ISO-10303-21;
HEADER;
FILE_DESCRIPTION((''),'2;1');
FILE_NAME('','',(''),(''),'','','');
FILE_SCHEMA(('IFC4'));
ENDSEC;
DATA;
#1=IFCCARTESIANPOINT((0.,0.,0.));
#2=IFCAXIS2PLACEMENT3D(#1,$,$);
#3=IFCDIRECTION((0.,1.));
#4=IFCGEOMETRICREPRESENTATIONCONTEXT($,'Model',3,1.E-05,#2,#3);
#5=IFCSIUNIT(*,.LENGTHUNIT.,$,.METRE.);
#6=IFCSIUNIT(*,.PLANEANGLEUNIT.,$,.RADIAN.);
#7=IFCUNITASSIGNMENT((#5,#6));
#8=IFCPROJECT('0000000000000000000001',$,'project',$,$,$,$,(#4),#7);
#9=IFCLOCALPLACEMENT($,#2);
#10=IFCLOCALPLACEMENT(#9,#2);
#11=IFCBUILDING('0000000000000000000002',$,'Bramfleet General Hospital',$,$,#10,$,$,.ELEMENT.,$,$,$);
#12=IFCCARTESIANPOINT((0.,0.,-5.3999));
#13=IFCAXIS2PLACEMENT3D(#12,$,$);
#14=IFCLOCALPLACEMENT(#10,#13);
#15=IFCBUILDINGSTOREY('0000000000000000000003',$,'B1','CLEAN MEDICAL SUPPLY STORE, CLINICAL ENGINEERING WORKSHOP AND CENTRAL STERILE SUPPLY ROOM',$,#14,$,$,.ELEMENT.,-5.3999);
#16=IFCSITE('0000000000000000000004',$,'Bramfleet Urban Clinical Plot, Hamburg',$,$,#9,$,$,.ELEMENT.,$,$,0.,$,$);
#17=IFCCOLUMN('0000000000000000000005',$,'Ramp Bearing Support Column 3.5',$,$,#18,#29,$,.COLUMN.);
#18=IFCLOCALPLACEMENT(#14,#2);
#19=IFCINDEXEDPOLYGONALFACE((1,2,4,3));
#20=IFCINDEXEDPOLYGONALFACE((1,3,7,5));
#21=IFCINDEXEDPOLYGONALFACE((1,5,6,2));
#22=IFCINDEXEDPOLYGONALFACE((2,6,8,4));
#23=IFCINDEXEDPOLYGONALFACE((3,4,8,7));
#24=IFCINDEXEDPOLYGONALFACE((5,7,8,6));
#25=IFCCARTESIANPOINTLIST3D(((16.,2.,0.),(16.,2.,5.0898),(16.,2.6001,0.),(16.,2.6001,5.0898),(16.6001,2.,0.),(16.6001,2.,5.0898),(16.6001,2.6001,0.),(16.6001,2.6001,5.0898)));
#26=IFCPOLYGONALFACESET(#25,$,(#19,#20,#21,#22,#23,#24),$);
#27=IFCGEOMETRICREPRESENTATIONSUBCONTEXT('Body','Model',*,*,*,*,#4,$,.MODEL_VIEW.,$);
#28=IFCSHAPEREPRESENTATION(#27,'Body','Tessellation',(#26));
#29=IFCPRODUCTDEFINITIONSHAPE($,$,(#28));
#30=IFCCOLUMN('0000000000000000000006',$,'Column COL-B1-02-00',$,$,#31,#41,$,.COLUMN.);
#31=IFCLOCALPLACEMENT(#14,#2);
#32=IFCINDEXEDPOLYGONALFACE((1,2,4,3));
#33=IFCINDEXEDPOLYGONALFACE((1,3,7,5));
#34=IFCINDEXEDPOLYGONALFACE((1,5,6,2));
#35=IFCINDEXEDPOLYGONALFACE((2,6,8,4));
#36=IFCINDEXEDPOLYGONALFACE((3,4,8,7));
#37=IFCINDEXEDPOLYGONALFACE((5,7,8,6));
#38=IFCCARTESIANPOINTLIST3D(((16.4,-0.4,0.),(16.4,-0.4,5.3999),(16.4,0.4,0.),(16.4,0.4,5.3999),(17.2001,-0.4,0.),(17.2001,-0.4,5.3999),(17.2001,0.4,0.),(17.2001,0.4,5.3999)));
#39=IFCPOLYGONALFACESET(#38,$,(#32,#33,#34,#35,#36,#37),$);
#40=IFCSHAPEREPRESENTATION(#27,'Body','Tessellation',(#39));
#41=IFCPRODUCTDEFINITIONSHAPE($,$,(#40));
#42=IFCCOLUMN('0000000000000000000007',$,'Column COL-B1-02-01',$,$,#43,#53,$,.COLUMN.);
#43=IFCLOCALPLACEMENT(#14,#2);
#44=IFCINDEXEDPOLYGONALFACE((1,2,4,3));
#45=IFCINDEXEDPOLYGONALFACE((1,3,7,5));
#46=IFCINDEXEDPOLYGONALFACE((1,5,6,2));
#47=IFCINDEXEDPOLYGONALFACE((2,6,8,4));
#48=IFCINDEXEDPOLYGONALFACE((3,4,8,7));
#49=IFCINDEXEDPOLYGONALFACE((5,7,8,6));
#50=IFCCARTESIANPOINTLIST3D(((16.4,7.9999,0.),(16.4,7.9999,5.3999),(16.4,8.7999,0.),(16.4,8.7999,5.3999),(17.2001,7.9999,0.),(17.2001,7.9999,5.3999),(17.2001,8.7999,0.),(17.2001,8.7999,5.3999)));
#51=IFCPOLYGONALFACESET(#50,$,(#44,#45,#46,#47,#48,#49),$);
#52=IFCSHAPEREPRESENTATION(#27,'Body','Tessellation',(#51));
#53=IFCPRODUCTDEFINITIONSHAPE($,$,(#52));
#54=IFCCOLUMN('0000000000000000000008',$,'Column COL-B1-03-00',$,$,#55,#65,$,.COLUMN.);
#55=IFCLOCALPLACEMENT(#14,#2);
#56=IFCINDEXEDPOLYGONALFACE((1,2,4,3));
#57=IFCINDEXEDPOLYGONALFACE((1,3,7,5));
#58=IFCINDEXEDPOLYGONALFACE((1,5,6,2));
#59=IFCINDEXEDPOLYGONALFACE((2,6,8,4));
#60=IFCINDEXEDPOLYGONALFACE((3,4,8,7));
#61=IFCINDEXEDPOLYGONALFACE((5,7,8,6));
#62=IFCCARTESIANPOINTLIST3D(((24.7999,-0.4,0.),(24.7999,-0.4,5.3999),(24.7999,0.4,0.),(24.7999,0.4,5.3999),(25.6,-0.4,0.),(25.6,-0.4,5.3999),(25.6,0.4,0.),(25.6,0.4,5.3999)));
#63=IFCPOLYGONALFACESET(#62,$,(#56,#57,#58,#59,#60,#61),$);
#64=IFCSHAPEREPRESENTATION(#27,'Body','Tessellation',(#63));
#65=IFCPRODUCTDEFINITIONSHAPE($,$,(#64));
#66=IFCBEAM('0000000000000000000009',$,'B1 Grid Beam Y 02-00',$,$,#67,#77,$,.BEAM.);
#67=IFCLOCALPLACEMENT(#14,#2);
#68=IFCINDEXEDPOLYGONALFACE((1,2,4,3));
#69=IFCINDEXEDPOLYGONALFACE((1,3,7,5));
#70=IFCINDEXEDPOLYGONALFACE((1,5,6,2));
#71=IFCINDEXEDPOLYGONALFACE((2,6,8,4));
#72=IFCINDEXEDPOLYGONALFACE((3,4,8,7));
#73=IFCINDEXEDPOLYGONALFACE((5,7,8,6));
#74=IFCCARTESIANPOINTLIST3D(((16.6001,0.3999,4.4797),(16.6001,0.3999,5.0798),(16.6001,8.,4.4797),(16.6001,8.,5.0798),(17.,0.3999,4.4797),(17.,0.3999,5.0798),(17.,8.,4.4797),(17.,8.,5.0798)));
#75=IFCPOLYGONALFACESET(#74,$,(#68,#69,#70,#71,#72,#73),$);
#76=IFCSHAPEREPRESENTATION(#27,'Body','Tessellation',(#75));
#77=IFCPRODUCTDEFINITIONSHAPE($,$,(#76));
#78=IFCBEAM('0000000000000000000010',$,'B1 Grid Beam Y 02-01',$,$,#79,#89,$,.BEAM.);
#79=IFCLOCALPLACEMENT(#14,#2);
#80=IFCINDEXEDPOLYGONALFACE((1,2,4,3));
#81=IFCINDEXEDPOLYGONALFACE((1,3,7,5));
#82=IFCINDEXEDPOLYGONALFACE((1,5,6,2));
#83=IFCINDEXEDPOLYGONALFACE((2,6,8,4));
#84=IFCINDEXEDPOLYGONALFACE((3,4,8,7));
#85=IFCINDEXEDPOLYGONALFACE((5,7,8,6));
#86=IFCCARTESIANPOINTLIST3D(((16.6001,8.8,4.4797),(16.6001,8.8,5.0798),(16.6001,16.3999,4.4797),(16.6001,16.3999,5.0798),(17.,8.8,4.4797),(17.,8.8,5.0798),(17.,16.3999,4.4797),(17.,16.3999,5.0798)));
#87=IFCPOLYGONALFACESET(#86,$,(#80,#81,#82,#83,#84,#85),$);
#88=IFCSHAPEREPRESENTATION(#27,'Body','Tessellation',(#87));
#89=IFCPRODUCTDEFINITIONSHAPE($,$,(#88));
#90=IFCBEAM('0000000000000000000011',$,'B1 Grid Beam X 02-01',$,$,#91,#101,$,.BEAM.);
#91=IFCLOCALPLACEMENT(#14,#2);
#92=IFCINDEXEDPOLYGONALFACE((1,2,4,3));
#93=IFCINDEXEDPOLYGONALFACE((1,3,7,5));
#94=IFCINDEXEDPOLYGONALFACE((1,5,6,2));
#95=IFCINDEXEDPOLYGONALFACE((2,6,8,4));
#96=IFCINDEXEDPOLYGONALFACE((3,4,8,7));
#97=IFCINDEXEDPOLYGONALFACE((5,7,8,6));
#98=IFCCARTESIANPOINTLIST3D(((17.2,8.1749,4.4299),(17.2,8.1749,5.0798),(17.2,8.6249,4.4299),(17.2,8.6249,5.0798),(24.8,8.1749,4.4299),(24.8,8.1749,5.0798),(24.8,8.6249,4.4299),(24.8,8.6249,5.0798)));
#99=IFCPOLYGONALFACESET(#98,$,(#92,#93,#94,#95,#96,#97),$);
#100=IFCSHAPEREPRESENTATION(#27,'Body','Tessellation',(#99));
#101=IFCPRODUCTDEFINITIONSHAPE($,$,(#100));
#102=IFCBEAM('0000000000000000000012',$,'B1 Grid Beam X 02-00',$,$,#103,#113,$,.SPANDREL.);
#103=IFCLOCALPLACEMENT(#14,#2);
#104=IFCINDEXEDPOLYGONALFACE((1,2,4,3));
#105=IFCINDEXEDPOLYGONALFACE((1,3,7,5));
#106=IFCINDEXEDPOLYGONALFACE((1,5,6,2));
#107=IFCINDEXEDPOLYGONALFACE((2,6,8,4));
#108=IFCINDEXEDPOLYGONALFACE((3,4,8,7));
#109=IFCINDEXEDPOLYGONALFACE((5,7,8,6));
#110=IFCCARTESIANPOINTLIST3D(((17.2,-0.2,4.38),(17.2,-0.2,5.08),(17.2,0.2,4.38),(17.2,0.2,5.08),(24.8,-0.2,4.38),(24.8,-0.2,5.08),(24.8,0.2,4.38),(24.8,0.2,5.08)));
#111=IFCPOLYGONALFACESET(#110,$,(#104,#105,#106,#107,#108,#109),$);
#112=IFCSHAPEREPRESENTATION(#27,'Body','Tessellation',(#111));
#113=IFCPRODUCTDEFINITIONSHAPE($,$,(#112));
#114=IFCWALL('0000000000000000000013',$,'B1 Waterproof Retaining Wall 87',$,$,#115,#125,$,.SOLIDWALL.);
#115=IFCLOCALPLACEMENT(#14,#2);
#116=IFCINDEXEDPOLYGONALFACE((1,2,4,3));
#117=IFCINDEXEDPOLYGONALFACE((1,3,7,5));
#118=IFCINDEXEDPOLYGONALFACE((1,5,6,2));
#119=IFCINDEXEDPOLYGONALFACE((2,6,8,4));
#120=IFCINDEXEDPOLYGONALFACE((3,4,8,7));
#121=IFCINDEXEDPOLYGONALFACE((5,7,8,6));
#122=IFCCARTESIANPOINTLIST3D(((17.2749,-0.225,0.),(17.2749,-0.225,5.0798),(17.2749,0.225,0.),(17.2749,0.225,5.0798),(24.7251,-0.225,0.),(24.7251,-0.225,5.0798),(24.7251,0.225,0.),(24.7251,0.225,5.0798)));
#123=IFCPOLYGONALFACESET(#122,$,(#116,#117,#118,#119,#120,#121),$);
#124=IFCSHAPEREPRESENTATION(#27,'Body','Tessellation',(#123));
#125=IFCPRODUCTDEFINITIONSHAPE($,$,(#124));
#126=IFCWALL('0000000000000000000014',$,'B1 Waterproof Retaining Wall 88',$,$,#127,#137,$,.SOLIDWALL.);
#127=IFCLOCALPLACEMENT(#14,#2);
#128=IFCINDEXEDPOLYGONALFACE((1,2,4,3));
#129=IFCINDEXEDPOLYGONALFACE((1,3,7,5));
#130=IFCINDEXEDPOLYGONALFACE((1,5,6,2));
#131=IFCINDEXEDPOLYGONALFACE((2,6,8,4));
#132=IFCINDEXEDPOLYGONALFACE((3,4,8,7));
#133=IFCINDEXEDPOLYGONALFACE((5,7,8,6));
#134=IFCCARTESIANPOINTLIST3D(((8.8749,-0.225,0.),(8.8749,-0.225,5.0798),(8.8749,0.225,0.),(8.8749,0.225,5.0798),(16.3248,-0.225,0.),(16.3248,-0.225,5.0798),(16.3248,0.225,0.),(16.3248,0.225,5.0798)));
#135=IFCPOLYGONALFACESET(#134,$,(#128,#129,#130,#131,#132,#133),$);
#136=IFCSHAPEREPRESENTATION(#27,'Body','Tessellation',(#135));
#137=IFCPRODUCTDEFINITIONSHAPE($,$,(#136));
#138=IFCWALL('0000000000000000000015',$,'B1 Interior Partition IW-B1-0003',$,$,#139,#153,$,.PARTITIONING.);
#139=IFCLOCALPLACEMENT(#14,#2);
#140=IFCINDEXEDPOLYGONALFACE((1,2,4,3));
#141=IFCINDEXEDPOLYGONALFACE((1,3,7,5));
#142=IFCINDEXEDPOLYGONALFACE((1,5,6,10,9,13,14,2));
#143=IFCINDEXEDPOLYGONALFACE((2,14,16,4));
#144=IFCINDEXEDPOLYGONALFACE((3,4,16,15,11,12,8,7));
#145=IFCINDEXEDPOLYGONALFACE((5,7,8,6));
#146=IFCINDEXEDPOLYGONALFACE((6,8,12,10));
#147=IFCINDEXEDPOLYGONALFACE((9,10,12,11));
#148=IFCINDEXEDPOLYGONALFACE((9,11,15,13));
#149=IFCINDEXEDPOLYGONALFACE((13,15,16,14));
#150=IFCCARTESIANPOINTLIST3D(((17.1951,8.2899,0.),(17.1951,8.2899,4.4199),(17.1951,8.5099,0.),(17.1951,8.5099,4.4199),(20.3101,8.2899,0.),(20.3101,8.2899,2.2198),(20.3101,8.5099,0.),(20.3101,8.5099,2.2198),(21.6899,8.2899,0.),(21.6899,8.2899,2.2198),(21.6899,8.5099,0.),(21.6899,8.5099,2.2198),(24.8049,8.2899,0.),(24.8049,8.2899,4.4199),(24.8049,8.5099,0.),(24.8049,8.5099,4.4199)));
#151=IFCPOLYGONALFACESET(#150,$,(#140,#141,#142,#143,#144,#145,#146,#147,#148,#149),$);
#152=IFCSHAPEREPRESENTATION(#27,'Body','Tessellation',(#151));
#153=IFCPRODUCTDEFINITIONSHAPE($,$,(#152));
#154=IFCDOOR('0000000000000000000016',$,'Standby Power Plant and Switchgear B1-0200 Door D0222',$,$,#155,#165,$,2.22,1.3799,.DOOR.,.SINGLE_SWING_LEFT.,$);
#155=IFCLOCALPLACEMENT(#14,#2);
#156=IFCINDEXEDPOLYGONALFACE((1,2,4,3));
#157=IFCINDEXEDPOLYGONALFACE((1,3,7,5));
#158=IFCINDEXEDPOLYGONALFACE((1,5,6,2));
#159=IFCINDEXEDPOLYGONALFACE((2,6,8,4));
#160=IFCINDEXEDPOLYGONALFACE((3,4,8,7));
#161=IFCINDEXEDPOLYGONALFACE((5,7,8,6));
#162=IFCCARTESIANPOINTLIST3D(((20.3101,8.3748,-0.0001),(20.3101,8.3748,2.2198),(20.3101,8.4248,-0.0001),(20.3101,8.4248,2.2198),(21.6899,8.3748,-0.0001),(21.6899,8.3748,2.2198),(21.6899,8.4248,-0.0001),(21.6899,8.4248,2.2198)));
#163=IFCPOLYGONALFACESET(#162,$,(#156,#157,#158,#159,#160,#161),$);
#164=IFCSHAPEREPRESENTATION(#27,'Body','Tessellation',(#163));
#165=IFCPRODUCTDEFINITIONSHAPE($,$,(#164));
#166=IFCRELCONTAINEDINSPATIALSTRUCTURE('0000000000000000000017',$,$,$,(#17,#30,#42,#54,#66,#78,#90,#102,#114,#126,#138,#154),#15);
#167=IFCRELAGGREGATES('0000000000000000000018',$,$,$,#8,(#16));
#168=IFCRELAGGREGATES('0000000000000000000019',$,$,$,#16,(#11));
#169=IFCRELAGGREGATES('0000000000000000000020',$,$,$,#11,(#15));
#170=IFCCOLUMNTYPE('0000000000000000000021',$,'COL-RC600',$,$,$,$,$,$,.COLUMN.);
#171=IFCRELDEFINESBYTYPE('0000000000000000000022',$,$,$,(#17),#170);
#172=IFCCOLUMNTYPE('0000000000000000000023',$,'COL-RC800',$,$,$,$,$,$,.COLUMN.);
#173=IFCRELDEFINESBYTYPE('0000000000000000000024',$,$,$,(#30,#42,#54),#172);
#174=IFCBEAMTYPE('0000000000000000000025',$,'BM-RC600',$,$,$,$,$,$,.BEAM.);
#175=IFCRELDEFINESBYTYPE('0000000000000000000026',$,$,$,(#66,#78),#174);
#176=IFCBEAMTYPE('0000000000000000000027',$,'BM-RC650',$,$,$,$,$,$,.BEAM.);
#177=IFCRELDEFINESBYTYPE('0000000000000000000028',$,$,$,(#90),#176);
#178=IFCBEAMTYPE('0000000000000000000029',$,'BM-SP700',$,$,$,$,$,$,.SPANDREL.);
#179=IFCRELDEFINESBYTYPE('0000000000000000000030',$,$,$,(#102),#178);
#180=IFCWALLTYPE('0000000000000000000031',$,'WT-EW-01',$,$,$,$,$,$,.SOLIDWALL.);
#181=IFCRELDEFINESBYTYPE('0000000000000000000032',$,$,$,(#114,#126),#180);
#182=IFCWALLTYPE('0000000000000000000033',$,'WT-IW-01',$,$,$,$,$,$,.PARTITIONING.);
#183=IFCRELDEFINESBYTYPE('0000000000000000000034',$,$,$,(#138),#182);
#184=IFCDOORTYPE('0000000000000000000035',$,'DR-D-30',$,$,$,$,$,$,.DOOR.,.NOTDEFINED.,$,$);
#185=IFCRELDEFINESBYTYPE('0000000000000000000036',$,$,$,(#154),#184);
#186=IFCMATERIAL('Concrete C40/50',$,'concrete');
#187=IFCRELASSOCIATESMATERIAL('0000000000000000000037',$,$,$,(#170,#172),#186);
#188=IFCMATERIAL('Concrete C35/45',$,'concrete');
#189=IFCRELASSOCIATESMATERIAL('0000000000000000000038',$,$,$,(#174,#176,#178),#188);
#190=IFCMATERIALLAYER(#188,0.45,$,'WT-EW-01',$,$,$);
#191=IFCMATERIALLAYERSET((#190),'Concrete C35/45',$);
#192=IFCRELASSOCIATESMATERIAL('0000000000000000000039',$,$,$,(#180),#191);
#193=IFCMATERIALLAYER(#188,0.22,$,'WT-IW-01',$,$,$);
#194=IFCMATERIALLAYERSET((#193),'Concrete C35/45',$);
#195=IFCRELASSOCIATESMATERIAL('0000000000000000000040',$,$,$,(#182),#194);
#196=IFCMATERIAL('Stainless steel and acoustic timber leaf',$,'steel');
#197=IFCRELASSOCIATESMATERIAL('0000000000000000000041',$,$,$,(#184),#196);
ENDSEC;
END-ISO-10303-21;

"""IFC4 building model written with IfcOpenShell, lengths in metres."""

from ifc_helpers import new_model, si_unit, direction, frame, frame_2d, origin, origin_2d, place, context, subcontext, project, spatial, rectangle, extrude, material, layer, layer_set, material_profile, profile_set, type_object, element, fill, save


model = new_model("IFC4")

# Units and contexts
model_context = context("Model", 3, precision=1e-05, world=origin(), true_north=direction((0.0, 1.0)))
body_context = subcontext(model_context, "Body", "Model", "MODEL_VIEW")
ifc_project = project(units=[si_unit("LENGTHUNIT", "METRE"), si_unit("PLANEANGLEUNIT", "RADIAN")], contexts=[model_context])

# Site, building, storey
site_placement = place(None, origin())
site = spatial("IfcSite", under=ifc_project, at=site_placement, Name="Bramfleet Urban Clinical Plot, Hamburg", CompositionType="ELEMENT", RefElevation=0.0)
building_placement = place(site_placement, origin())
building = spatial("IfcBuilding", under=site, at=building_placement, Name="Bramfleet General Hospital", CompositionType="ELEMENT")
storey_placement = place(building_placement, frame((0.0, 0.0, -5.3999)))
storey = spatial("IfcBuildingStorey", under=building, at=storey_placement, Name="B1", Description="CLEAN MEDICAL SUPPLY STORE, CLINICAL ENGINEERING WORKSHOP AND CENTRAL STERILE SUPPLY ROOM", CompositionType="ELEMENT", Elevation=-5.3999)

# Shared definitions
ifc_material_1 = material(Name="Concrete C35/45", Category="concrete")

# Columns
ifc_material_2 = material(Name="Concrete C40/50", Category="concrete")
ifc_material_profile_1 = material_profile(ifc_material_2, rectangle(XDim=0.6001, YDim=0.6001, at=origin_2d()), Name="RC COL 600x600")
ifc_profile_set_1 = profile_set([ifc_material_profile_1], Name="Concrete C40/50")
column_type_1 = type_object("IfcColumnType", Name="COL-RC600", PredefinedType="COLUMN", material=ifc_profile_set_1)
column_placement = place(storey_placement, frame((16.3, 2.3, 0.0), z_axis=(0.0, 0.0, 1.0), x_axis=(1.0, 0.0, 0.0)))
element("IfcColumn", 1, at=column_placement, inside=storey, type_object=column_type_1, Name="Ramp Bearing Support Column 3.5", PredefinedType="COLUMN", context=body_context, shape_type="SweptSolid", body=[
    extrude(rectangle(XDim=0.6001, YDim=0.6001, at=origin_2d()), origin(), (0.0, 0.0, 1.0), 5.0898),
])
ifc_material_profile_2 = material_profile(ifc_material_2, rectangle(XDim=0.8, YDim=0.8, at=origin_2d()), Name="RC COL 800x800")
ifc_profile_set_2 = profile_set([ifc_material_profile_2], Name="Concrete C40/50")
column_type_2 = type_object("IfcColumnType", Name="COL-RC800", PredefinedType="COLUMN", material=ifc_profile_set_2)
for number, where, z_axis, x_axis, name in (
    (2, (16.8, 0.0, 0.0), (0.0, 0.0, 1.0), (1.0, 0.0, 0.0), "Column COL-B1-02-00"),
    (3, (16.8, 8.3999, 0.0), (0.0, 0.0, 1.0), (1.0, 0.0, 0.0), "Column COL-B1-02-01"),
    (4, (25.2, 0.0, 0.0), (0.0, 0.0, 1.0), (1.0, 0.0, 0.0), "Column COL-B1-03-00"),
):
    element("IfcColumn", number, at=place(storey_placement, frame(where, z_axis=z_axis, x_axis=x_axis)), inside=storey, type_object=column_type_2, Name=name, PredefinedType="COLUMN", context=body_context, shape_type="SweptSolid", body=[
        extrude(rectangle(XDim=0.8, YDim=0.8, at=origin_2d()), origin(), (0.0, 0.0, 1.0), 5.3999),
    ])

# Beams
ifc_material_profile_3 = material_profile(ifc_material_1, rectangle(XDim=0.3999, YDim=0.6001, at=origin_2d()), Name="RC BM 600x400")
ifc_profile_set_3 = profile_set([ifc_material_profile_3], Name="Concrete C35/45")
beam_type_1 = type_object("IfcBeamType", Name="BM-RC600", PredefinedType="BEAM", material=ifc_profile_set_3)
beam_1_placement = place(storey_placement, frame((16.8, 0.3999, 4.7798), z_axis=(0.0, 1.0, 0.0), x_axis=(-1.0, 0.0, 0.0)))
element("IfcBeam", 5, at=beam_1_placement, inside=storey, type_object=beam_type_1, Name="B1 Grid Beam Y 02-00", PredefinedType="BEAM", context=body_context, shape_type="SweptSolid", body=[
    extrude(rectangle(XDim=0.3999, YDim=0.6001, at=origin_2d()), origin(), (0.0, 0.0, 1.0), 7.6001),
])
beam_2_placement = place(storey_placement, frame((16.8, 8.8, 4.7798), z_axis=(0.0, 1.0, 0.0), x_axis=(-1.0, 0.0, 0.0)))
element("IfcBeam", 6, at=beam_2_placement, inside=storey, type_object=beam_type_1, Name="B1 Grid Beam Y 02-01", PredefinedType="BEAM", context=body_context, shape_type="SweptSolid", body=[
    extrude(rectangle(XDim=0.3999, YDim=0.6001, at=origin_2d()), origin(), (0.0, 0.0, 1.0), 7.5999),
])
ifc_material_profile_4 = material_profile(ifc_material_1, rectangle(XDim=0.45, YDim=0.6499, at=origin_2d()), Name="RC BM 650x450")
ifc_profile_set_4 = profile_set([ifc_material_profile_4], Name="Concrete C35/45")
beam_type_2 = type_object("IfcBeamType", Name="BM-RC650", PredefinedType="BEAM", material=ifc_profile_set_4)
beam_3_placement = place(storey_placement, frame((17.2, 8.3999, 4.7549), z_axis=(1.0, 0.0, 0.0), x_axis=(0.0, 1.0, 0.0)))
element("IfcBeam", 7, at=beam_3_placement, inside=storey, type_object=beam_type_2, Name="B1 Grid Beam X 02-01", PredefinedType="BEAM", context=body_context, shape_type="SweptSolid", body=[
    extrude(rectangle(XDim=0.45, YDim=0.6499, at=origin_2d()), origin(), (0.0, 0.0, 1.0), 7.6001),
])
ifc_material_profile_5 = material_profile(ifc_material_1, rectangle(XDim=0.3999, YDim=0.7, at=origin_2d()), Name="RC SP 700x400")
ifc_profile_set_5 = profile_set([ifc_material_profile_5], Name="Concrete C35/45")
beam_type_3 = type_object("IfcBeamType", Name="BM-SP700", PredefinedType="SPANDREL", material=ifc_profile_set_5)
beam_4_placement = place(storey_placement, frame((17.2, 0.0, 4.73), z_axis=(1.0, 0.0, 0.0), x_axis=(0.0, 1.0, 0.0)))
element("IfcBeam", 8, at=beam_4_placement, inside=storey, type_object=beam_type_3, Name="B1 Grid Beam X 02-00", PredefinedType="SPANDREL", context=body_context, shape_type="SweptSolid", body=[
    extrude(rectangle(XDim=0.3999, YDim=0.7, at=origin_2d()), origin(), (0.0, 0.0, 1.0), 7.6001),
])

# Walls
ifc_layer_1 = layer(ifc_material_1, 0.45, Name="WT-EW-01")
ifc_layer_set_1 = layer_set([ifc_layer_1], Name="Concrete C35/45")
wall_type_1 = type_object("IfcWallType", Name="WT-EW-01", PredefinedType="SOLIDWALL", material=ifc_layer_set_1)
wall_1_placement = place(storey_placement, frame((24.7251, 0.0, 0.0), z_axis=(0.0, 0.0, 1.0), x_axis=(-1.0, 0.0, 0.0)))
element("IfcWall", 9, at=wall_1_placement, inside=storey, type_object=wall_type_1, Name="B1 Waterproof Retaining Wall 87", PredefinedType="SOLIDWALL", context=body_context, shape_type="SweptSolid", body=[
    extrude(rectangle(XDim=7.4502, YDim=0.45, at=frame_2d((3.7251, 0.0))), origin(), (0.0, 0.0, 1.0), 5.0798),
])
wall_2_placement = place(storey_placement, frame((16.325, 0.0, 0.0), z_axis=(0.0, 0.0, 1.0), x_axis=(-1.0, 0.0, 0.0)))
element("IfcWall", 10, at=wall_2_placement, inside=storey, type_object=wall_type_1, Name="B1 Waterproof Retaining Wall 88", PredefinedType="SOLIDWALL", context=body_context, shape_type="SweptSolid", body=[
    extrude(rectangle(XDim=7.45, YDim=0.45, at=frame_2d((3.7251, 0.0))), origin(), (0.0, 0.0, 1.0), 5.0798),
])

# Wall, opening, door
ifc_layer_2 = layer(ifc_material_1, 0.22, Name="WT-IW-01")
ifc_layer_set_2 = layer_set([ifc_layer_2], Name="Concrete C35/45")
wall_type_2 = type_object("IfcWallType", Name="WT-IW-01", PredefinedType="PARTITIONING", material=ifc_layer_set_2)
wall_3_placement = place(storey_placement, frame((17.1951, 8.3999, 0.0), z_axis=(0.0, 0.0, 1.0), x_axis=(1.0, 0.0, 0.0)))
wall_3 = element("IfcWall", 11, at=wall_3_placement, inside=storey, type_object=wall_type_2, Name="B1 Interior Partition IW-B1-0003", PredefinedType="PARTITIONING", context=body_context, shape_type="SweptSolid", body=[
    extrude(rectangle(XDim=7.6099, YDim=0.22, at=frame_2d((3.8049, 0.0))), origin(), (0.0, 0.0, 1.0), 4.4199),
])
opening_1_placement = place(wall_3_placement, frame((3.115, 0.0, 0.0)))
opening_1 = element("IfcOpeningElement", 12, at=opening_1_placement, cuts=wall_3, PredefinedType="OPENING", context=body_context, shape_type="SweptSolid", body=[
    extrude(rectangle(XDim=1.3799, YDim=2.22, at=frame_2d((0.6899, 1.1099))), frame((0.0, 0.1199, 0.0), z_axis=(0.0, -1.0, 0.0), x_axis=(1.0, 0.0, 0.0)), (0.0, 0.0, 1.0), 0.24),
])
ifc_material_3 = material(Name="Stainless steel and acoustic timber leaf", Category="steel")
door_type_1 = type_object("IfcDoorType", Name="DR-D-30", OperationType="NOTDEFINED", PredefinedType="DOOR", material=ifc_material_3)
door_1_placement = place(opening_1_placement, origin())
door_1 = element("IfcDoor", 13, at=door_1_placement, inside=storey, type_object=door_type_1, Name="Standby Power Plant and Switchgear B1-0200 Door D0222", OperationType="SINGLE_SWING_LEFT", OverallHeight=2.22, OverallWidth=1.3799, PredefinedType="DOOR", context=body_context, shape_type="SweptSolid", body=[
    extrude(rectangle(XDim=1.3799, YDim=2.22, at=frame_2d((0.6899, 1.1099))), frame((0.0, 0.0249, 0.0), z_axis=(0.0, -1.0, 0.0), x_axis=(1.0, 0.0, 0.0)), (0.0, 0.0, 1.0), 0.05),
])
fill(opening_1, door_1)

save(model, "model.ifc")
